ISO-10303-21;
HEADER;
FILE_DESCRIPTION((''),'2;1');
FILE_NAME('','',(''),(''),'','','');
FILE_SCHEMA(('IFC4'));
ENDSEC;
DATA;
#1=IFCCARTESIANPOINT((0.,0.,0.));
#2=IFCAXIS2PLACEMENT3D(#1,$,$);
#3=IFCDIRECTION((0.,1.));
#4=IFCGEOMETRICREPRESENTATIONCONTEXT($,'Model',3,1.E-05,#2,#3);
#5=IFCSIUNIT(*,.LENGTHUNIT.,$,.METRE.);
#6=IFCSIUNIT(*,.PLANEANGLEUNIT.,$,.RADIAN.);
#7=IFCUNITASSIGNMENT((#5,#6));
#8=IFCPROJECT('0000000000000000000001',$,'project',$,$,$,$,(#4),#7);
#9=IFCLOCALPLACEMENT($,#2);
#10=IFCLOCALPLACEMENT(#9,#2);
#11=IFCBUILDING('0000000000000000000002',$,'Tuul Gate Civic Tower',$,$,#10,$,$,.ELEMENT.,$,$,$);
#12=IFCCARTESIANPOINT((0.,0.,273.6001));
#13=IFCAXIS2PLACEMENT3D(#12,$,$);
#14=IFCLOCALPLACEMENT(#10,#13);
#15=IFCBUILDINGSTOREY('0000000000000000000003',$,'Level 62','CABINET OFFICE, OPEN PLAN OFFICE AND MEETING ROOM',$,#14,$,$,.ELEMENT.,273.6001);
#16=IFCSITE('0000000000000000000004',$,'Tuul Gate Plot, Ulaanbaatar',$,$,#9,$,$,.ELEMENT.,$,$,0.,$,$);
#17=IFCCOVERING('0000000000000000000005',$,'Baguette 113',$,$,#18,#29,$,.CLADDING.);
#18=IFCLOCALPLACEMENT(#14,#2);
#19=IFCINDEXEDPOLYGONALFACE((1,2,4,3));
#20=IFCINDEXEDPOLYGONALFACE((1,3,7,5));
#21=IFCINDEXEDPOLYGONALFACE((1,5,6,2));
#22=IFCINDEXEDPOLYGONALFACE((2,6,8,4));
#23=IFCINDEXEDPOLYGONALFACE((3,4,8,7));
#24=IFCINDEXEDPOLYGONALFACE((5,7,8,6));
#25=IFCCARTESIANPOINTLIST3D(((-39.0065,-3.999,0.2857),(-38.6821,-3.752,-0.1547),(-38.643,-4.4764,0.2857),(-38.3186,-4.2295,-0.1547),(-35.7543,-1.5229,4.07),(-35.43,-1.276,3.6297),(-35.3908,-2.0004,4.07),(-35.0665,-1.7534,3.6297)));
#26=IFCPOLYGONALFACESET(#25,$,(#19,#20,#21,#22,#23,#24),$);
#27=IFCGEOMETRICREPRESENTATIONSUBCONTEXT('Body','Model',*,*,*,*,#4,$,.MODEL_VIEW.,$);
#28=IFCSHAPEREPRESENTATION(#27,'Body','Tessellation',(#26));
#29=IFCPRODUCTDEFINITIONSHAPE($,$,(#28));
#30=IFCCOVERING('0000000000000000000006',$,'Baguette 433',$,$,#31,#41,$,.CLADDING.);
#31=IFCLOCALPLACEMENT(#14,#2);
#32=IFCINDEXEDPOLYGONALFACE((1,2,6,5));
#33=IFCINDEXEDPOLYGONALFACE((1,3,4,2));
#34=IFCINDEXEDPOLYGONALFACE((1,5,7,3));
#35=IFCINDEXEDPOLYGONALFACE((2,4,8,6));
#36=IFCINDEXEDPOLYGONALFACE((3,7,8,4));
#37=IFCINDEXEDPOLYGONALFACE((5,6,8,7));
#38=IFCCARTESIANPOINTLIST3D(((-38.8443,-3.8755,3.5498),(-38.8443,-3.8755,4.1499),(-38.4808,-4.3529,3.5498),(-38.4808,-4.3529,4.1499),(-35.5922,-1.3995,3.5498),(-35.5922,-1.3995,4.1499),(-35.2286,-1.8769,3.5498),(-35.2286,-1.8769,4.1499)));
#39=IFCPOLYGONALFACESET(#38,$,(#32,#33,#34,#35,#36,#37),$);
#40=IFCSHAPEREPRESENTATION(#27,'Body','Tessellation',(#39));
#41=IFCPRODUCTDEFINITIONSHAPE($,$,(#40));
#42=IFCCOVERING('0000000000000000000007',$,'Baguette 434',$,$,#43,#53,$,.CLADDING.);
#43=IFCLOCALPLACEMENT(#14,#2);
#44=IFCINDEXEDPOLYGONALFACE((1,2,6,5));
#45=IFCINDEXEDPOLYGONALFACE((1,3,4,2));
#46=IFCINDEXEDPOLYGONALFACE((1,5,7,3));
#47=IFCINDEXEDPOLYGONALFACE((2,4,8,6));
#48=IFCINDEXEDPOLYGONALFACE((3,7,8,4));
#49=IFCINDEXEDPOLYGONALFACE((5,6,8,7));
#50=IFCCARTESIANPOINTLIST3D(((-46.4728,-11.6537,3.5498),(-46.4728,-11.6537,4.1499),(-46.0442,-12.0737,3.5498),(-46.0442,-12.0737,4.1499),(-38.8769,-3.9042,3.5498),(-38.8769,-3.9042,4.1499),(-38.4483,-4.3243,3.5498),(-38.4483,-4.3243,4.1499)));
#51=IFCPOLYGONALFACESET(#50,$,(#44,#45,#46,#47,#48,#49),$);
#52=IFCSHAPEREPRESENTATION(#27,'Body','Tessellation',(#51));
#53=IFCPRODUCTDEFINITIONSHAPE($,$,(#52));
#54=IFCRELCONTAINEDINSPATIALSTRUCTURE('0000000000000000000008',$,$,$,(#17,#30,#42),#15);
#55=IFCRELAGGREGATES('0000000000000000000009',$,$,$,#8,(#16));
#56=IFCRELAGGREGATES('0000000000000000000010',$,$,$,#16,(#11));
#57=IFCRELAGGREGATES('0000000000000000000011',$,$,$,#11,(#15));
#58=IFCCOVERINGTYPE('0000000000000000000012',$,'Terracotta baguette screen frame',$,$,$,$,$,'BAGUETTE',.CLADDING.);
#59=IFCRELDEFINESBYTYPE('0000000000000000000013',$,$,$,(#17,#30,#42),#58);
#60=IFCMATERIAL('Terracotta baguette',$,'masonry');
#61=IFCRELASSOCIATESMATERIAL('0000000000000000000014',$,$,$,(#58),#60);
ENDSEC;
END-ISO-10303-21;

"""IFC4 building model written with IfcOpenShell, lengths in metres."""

from ifc_helpers import new_model, si_unit, direction, frame, origin, origin_2d, place, context, subcontext, project, spatial, rectangle, extrude, material, material_profile, profile_set, type_object, element, save


model = new_model("IFC4")

# Units and contexts
model_context = context("Model", 3, precision=1e-05, world=origin(), true_north=direction((0.0, 1.0)))
body_context = subcontext(model_context, "Body", "Model", "MODEL_VIEW")
ifc_project = project(units=[si_unit("LENGTHUNIT", "METRE"), si_unit("PLANEANGLEUNIT", "RADIAN")], contexts=[model_context])

# Site, building, storey
site_placement = place(None, origin())
site = spatial("IfcSite", under=ifc_project, at=site_placement, Name="Tuul Gate Plot, Ulaanbaatar", CompositionType="ELEMENT", RefElevation=0.0)
building_placement = place(site_placement, origin())
building = spatial("IfcBuilding", under=site, at=building_placement, Name="Tuul Gate Civic Tower", CompositionType="ELEMENT")
storey_placement = place(building_placement, frame((0.0, 0.0, 273.6001)))
storey = spatial("IfcBuildingStorey", under=building, at=storey_placement, Name="Level 62", Description="CABINET OFFICE, OPEN PLAN OFFICE AND MEETING ROOM", CompositionType="ELEMENT", Elevation=273.6001)

# Coverings
ifc_material_1 = material(Name="Terracotta baguette", Category="masonry")
ifc_material_profile_1 = material_profile(ifc_material_1, rectangle(XDim=0.6001, YDim=0.6001, at=origin_2d()), Name="Terracotta baguette screen frame")
ifc_profile_set_1 = profile_set([ifc_material_profile_1], Name="Terracotta baguette")
covering_type = type_object("IfcCoveringType", Name="Terracotta baguette screen frame", ElementType="BAGUETTE", PredefinedType="CLADDING", material=ifc_profile_set_1)
covering_1_placement = place(storey_placement, frame((-35.4104, -1.6382, 3.8499), z_axis=(-0.583833, -0.444504, -0.679378), x_axis=(0.605766, -0.795643, 0.0)))
element("IfcCovering", 1, at=covering_1_placement, inside=storey, type_object=covering_type, Name="Baguette 113", PredefinedType="CLADDING", context=body_context, shape_type="SweptSolid", body=[
    extrude(rectangle(XDim=0.6001, YDim=0.6001, at=origin_2d()), origin(), (0.0, 0.0, 1.0), 5.5703),
])
covering_2_placement = place(storey_placement, frame((-35.4104, -1.6382, 3.8499), z_axis=(-0.795643, -0.605766, 0.0), x_axis=(0.605766, -0.795643, 0.0)))
element("IfcCovering", 2, at=covering_2_placement, inside=storey, type_object=covering_type, Name="Baguette 433", PredefinedType="CLADDING", context=body_context, shape_type="SweptSolid", body=[
    extrude(rectangle(XDim=0.6001, YDim=0.6001, at=origin_2d()), origin(), (0.0, 0.0, 1.0), 4.0874),
])
covering_3_placement = place(storey_placement, frame((-38.6626, -4.1143, 3.8499), z_axis=(-0.699996, -0.714147, 0.0), x_axis=(0.714147, -0.699996, 0.0)))
element("IfcCovering", 3, at=covering_3_placement, inside=storey, type_object=covering_type, Name="Baguette 434", PredefinedType="CLADDING", context=body_context, shape_type="SweptSolid", body=[
    extrude(rectangle(XDim=0.6001, YDim=0.6001, at=origin_2d()), origin(), (0.0, 0.0, 1.0), 10.8513),
])

save(model, "model.ifc")
